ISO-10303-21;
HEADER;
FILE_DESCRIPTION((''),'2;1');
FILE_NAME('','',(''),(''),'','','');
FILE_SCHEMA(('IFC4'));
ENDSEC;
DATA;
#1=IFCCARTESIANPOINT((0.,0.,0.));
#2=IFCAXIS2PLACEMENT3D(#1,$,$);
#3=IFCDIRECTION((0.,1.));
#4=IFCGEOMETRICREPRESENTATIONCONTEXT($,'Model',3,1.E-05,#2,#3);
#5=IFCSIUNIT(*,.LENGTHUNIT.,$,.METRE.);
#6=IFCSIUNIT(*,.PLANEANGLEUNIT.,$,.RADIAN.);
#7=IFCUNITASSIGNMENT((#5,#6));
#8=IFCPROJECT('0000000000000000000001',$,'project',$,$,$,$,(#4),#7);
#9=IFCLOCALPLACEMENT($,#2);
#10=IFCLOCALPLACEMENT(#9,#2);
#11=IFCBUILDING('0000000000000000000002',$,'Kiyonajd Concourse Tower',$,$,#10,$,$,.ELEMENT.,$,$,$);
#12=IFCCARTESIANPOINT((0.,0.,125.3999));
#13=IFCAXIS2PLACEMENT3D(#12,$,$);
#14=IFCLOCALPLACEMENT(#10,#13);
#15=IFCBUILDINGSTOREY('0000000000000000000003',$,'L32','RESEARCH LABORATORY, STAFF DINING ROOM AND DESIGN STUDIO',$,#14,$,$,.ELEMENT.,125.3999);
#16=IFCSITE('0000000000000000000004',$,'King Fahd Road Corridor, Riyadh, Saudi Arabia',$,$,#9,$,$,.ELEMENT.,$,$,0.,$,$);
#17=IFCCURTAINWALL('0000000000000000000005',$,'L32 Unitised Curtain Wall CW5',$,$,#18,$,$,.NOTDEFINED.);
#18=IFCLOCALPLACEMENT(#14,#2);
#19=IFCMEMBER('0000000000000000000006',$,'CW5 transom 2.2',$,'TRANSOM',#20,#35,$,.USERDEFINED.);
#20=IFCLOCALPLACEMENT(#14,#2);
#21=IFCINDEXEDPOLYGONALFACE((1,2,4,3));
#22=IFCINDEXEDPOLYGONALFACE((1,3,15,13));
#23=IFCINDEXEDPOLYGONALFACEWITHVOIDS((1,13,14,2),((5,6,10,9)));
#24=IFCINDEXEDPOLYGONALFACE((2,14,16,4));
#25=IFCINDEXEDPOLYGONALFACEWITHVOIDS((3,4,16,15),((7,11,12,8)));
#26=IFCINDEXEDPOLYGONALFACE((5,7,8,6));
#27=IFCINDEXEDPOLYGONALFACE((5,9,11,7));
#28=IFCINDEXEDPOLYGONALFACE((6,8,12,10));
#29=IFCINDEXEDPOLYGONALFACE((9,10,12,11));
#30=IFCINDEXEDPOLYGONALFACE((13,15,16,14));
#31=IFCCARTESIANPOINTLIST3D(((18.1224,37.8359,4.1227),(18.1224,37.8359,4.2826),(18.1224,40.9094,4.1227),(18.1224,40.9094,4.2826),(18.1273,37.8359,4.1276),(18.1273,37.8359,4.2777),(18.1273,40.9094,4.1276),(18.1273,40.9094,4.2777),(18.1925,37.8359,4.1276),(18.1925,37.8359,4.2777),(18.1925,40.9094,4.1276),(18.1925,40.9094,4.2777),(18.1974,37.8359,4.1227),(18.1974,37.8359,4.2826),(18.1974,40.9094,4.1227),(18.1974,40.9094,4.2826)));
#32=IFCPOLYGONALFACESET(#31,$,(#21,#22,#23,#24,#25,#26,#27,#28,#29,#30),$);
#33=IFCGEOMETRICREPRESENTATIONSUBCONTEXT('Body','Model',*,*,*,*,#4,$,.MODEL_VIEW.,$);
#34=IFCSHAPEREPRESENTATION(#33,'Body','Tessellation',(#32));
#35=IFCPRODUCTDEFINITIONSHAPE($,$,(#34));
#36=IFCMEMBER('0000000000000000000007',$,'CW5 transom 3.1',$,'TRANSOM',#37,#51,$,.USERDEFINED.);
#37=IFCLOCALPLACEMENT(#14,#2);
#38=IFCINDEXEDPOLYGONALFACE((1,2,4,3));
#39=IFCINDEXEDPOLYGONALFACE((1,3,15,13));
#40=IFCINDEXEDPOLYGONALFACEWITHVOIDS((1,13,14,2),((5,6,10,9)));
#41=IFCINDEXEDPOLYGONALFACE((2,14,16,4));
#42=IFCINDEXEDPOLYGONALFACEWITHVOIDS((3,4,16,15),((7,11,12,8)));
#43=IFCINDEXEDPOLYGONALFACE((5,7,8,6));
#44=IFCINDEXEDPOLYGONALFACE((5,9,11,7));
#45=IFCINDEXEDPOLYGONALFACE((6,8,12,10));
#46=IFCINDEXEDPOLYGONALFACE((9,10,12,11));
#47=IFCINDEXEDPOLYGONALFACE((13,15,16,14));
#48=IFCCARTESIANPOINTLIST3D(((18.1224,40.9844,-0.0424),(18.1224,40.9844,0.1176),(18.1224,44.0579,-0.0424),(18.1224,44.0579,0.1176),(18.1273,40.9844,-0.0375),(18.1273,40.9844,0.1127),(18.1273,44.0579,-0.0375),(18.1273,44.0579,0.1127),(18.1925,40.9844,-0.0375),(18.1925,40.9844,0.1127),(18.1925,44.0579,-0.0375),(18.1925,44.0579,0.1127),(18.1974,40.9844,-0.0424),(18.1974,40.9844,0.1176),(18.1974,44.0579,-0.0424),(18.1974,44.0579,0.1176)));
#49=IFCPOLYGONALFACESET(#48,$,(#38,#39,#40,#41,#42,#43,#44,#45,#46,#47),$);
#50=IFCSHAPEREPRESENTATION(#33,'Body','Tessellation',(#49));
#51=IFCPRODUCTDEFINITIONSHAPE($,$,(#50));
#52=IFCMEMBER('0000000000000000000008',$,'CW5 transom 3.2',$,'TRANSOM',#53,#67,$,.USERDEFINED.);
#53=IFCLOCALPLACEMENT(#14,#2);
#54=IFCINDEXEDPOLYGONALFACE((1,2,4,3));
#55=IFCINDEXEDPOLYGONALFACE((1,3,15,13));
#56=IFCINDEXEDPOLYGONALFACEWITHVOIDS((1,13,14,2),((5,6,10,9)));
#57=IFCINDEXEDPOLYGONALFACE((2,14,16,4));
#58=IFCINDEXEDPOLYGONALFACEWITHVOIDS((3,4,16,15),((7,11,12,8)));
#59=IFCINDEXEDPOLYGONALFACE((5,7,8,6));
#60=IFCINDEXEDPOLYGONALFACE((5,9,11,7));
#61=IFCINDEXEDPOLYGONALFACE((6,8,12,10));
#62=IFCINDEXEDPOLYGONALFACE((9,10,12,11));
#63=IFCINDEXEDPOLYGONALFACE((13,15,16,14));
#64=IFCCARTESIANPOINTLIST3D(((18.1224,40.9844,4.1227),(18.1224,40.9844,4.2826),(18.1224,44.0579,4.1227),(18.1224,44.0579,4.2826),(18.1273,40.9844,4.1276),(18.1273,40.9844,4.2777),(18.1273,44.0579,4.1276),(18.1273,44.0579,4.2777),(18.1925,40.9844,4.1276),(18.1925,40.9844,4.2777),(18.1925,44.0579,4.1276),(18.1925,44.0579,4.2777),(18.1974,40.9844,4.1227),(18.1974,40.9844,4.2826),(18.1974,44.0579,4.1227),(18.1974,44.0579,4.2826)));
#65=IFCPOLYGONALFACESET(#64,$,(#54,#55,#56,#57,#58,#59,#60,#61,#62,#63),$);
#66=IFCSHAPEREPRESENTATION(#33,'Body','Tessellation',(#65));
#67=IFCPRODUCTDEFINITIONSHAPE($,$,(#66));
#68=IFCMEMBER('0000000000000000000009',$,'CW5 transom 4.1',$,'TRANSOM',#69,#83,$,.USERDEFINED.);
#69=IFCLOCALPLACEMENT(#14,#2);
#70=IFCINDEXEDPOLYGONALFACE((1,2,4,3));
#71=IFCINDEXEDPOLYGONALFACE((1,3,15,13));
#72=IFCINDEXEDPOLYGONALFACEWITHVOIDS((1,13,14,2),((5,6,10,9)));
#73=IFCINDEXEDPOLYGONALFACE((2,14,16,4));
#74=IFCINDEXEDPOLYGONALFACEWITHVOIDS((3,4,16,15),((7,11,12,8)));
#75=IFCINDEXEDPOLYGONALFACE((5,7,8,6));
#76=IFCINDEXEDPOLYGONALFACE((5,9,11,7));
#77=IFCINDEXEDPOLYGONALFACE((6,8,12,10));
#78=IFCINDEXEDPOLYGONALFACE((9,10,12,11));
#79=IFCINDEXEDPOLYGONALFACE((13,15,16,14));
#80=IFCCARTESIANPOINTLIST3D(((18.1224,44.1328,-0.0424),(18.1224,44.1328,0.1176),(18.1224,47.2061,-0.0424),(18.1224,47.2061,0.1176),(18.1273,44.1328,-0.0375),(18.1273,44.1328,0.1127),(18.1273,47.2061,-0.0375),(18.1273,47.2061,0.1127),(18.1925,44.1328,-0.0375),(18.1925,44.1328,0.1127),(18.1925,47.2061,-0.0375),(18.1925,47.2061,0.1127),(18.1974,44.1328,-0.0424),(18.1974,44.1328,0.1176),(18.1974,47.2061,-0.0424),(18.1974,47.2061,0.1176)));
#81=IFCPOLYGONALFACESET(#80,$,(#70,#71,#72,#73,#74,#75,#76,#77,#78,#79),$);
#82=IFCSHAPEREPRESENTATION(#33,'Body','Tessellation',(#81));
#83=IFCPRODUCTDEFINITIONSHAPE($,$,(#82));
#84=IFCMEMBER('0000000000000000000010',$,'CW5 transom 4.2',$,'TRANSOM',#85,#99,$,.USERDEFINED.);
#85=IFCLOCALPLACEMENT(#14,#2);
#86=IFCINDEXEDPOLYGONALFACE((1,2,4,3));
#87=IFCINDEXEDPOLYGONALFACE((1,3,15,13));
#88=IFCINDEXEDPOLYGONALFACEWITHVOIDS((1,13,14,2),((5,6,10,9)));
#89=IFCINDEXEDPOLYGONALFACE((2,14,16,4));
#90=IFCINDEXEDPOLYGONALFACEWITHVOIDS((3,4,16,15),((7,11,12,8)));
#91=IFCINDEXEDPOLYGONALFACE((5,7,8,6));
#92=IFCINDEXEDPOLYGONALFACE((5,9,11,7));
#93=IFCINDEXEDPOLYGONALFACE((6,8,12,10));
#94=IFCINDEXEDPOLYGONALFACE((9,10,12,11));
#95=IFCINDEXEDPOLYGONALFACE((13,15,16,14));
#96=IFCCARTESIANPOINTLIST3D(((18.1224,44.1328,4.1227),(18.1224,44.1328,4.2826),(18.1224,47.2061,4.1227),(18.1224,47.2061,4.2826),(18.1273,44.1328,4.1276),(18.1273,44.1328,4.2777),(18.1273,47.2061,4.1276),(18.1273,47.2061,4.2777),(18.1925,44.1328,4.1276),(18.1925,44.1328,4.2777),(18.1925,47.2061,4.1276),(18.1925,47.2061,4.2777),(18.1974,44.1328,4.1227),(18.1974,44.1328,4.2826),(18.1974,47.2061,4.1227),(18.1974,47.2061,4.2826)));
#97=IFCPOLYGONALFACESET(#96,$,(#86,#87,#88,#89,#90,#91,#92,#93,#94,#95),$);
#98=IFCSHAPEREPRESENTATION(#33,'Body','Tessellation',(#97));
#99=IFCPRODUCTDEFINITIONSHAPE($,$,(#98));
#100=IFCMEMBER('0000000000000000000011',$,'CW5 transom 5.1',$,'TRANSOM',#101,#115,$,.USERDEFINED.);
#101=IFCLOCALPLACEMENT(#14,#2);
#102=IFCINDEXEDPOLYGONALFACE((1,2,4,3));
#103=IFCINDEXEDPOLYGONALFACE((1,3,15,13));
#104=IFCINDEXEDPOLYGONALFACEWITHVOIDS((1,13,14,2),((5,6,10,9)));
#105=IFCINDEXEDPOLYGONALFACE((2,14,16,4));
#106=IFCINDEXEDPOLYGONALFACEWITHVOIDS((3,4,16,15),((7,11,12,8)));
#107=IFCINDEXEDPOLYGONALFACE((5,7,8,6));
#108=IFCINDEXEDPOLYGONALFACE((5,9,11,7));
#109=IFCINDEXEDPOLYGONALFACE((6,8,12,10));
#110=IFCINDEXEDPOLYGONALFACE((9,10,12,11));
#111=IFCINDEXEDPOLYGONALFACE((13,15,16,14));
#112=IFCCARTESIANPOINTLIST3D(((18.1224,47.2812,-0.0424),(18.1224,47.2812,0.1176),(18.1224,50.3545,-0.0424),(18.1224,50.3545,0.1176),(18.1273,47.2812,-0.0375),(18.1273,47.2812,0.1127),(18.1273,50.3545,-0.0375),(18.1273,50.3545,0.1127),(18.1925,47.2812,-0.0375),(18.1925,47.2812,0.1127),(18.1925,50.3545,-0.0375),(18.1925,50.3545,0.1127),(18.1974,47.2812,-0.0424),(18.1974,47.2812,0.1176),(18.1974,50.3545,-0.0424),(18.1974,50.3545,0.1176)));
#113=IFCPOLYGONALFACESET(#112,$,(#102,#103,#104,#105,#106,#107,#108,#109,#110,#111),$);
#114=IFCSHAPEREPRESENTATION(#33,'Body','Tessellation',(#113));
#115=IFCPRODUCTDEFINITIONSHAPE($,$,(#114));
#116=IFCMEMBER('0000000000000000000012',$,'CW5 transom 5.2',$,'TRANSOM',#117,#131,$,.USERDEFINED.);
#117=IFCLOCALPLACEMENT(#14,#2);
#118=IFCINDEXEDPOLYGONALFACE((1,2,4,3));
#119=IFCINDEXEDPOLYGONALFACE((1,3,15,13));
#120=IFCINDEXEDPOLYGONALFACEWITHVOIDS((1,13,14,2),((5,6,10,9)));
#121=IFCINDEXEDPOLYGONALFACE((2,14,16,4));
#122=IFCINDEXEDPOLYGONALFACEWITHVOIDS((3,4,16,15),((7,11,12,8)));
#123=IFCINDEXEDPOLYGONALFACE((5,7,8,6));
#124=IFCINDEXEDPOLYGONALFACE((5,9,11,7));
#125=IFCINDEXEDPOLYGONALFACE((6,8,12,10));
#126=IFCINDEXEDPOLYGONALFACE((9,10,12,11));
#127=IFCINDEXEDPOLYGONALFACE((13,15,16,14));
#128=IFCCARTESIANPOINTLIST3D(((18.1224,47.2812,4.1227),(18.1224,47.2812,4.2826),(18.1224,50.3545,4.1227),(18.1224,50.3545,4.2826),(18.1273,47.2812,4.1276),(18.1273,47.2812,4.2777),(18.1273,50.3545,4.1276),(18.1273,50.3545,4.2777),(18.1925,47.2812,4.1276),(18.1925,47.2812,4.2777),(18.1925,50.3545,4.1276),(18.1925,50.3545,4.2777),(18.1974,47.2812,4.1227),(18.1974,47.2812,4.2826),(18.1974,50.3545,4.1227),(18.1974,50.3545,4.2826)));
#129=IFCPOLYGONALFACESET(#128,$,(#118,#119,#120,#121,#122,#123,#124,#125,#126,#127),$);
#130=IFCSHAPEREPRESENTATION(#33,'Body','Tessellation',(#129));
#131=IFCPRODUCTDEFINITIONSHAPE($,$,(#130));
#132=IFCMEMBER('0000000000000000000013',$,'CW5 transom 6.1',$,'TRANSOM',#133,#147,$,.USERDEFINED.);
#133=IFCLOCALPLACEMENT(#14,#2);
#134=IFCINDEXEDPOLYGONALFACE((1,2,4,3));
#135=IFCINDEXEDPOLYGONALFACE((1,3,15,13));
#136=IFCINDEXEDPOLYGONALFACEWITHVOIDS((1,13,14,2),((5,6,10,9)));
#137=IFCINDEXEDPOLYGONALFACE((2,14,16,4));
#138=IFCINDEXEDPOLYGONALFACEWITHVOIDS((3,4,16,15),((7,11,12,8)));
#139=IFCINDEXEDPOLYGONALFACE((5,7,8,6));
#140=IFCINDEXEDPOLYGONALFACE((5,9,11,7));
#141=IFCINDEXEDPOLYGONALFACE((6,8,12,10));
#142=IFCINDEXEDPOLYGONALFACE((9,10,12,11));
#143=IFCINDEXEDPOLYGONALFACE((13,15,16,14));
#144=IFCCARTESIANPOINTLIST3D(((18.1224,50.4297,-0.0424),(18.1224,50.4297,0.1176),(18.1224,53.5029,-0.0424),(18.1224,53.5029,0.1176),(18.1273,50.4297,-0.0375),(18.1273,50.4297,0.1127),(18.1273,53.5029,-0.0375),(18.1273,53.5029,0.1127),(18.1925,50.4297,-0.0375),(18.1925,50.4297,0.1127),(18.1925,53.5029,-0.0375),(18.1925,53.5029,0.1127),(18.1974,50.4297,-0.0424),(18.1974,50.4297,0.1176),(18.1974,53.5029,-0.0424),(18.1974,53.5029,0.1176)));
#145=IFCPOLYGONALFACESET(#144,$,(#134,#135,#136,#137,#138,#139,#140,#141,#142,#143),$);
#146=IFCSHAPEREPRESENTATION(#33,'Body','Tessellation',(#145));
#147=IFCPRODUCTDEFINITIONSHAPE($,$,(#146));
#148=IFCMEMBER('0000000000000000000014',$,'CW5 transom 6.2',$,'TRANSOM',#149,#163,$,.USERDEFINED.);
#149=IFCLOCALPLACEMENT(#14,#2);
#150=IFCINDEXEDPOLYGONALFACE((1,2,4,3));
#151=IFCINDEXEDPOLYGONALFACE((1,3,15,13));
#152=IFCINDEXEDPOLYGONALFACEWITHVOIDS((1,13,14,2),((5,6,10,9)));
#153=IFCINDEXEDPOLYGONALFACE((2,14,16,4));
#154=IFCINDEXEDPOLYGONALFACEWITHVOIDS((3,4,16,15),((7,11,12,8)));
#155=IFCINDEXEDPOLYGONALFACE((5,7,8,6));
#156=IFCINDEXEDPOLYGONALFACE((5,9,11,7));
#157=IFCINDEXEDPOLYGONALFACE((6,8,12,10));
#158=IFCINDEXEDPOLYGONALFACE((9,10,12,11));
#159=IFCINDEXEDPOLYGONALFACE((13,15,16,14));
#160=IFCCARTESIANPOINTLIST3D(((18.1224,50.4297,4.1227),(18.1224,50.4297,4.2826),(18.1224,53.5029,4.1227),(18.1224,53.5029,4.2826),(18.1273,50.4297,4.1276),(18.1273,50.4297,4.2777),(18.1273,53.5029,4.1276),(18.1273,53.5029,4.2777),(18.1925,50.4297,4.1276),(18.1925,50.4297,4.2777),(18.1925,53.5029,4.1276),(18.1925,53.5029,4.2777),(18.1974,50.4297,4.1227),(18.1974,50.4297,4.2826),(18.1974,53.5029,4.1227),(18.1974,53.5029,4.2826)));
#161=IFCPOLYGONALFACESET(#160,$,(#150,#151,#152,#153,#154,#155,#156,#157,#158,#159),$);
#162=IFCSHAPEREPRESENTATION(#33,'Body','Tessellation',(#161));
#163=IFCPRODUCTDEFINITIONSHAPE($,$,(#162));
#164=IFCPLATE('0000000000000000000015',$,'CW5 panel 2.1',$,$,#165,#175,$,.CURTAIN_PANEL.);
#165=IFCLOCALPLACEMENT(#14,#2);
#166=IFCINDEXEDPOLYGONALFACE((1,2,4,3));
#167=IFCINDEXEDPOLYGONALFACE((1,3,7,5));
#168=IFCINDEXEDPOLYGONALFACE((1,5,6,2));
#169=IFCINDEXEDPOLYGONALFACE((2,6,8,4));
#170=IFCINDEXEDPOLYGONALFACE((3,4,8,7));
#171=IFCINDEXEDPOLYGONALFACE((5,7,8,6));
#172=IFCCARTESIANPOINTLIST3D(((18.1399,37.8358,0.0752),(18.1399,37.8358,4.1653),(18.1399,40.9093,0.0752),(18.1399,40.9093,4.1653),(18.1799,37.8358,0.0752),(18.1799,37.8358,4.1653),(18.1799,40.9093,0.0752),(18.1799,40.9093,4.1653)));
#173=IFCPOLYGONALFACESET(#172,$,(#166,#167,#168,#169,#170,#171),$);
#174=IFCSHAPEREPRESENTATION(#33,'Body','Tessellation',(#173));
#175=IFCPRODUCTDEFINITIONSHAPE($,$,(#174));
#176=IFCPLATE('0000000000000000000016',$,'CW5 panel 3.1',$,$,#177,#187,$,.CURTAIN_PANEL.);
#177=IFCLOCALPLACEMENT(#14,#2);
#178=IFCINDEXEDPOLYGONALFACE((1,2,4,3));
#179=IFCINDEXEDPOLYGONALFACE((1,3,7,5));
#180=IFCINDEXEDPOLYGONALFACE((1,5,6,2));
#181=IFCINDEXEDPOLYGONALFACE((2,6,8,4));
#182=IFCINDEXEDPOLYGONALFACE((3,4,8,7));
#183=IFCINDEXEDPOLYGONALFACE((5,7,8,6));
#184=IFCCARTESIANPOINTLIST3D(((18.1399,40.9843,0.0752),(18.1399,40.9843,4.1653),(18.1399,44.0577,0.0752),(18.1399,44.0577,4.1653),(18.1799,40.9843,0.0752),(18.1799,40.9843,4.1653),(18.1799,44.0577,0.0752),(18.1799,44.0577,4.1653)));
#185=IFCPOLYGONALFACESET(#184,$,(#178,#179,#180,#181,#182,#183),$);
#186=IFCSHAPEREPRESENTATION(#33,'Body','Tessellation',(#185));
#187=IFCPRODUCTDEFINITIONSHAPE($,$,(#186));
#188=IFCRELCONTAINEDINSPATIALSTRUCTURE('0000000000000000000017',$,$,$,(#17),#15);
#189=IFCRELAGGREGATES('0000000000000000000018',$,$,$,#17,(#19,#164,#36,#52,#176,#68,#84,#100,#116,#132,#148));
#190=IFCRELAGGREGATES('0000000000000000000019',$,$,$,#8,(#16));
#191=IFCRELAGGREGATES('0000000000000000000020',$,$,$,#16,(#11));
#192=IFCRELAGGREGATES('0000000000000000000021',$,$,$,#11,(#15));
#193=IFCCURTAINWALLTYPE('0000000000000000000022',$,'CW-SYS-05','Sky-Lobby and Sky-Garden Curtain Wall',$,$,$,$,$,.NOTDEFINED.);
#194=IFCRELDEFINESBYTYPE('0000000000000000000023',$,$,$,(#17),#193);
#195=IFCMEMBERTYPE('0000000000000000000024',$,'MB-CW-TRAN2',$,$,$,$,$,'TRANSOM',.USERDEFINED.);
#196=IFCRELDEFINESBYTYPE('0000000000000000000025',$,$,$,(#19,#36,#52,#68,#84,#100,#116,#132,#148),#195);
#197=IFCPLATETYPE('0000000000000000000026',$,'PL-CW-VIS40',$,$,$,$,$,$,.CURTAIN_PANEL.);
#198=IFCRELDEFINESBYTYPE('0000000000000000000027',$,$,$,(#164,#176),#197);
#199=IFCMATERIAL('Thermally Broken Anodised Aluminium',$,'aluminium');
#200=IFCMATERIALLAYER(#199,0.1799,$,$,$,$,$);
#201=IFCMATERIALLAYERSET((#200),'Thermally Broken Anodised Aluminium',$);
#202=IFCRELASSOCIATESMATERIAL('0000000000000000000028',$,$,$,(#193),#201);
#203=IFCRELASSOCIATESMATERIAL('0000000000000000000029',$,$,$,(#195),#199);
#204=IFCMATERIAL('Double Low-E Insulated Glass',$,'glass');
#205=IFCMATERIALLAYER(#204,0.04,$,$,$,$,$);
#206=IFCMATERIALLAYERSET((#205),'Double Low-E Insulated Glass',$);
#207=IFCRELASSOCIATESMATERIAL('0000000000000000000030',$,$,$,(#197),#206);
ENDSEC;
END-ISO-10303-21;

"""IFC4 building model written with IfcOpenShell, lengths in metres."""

from ifc_helpers import new_model, si_unit, direction, frame, origin, origin_2d, place, context, subcontext, project, spatial, rectangle, hollow_rectangle, extrude, material, layer, layer_set, material_profile, profile_set, type_object, element, aggregate, save


model = new_model("IFC4")

# Units and contexts
model_context = context("Model", 3, precision=1e-05, world=origin(), true_north=direction((0.0, 1.0)))
body_context = subcontext(model_context, "Body", "Model", "MODEL_VIEW")
ifc_project = project(units=[si_unit("LENGTHUNIT", "METRE"), si_unit("PLANEANGLEUNIT", "RADIAN")], contexts=[model_context])

# Site, building, storey
site_placement = place(None, origin())
site = spatial("IfcSite", under=ifc_project, at=site_placement, Name="King Fahd Road Corridor, Riyadh, Saudi Arabia", CompositionType="ELEMENT", RefElevation=0.0)
building_placement = place(site_placement, origin())
building = spatial("IfcBuilding", under=site, at=building_placement, Name="Kiyonajd Concourse Tower", CompositionType="ELEMENT")
storey_placement = place(building_placement, frame((0.0, 0.0, 125.3999)))
storey = spatial("IfcBuildingStorey", under=building, at=storey_placement, Name="L32", Description="RESEARCH LABORATORY, STAFF DINING ROOM AND DESIGN STUDIO", CompositionType="ELEMENT", Elevation=125.3999)

# Curtain wall, members, plates
ifc_material_1 = material(Name="Thermally Broken Anodised Aluminium", Category="aluminium")
ifc_layer_1 = layer(ifc_material_1, 0.1799)
ifc_layer_set_1 = layer_set([ifc_layer_1], Name="Thermally Broken Anodised Aluminium")
curtain_wall_type = type_object("IfcCurtainWallType", Name="CW-SYS-05", Description="Sky-Lobby and Sky-Garden Curtain Wall", PredefinedType="NOTDEFINED", material=ifc_layer_set_1)
curtain_wall_placement = place(storey_placement, origin())
curtain_wall = element("IfcCurtainWall", 1, at=curtain_wall_placement, inside=storey, type_object=curtain_wall_type, Name="L32 Unitised Curtain Wall CW5", PredefinedType="NOTDEFINED")
ifc_material_profile_1 = material_profile(ifc_material_1, hollow_rectangle(XDim=0.075, YDim=0.1599, WallThickness=0.0049, at=origin_2d()), Name="TRAN-75x160")
ifc_profile_set_1 = profile_set([ifc_material_profile_1], Name="Thermally Broken Anodised Aluminium")
member_type_1 = type_object("IfcMemberType", Name="MB-CW-TRAN2", ElementType="TRANSOM", PredefinedType="USERDEFINED", material=ifc_profile_set_1)
member_1_placement = place(storey_placement, frame((18.1599, 37.8359, 4.2026), z_axis=(0.0, 1.0, 0.0), x_axis=(-1.0, 0.0, 0.0)))
member_1 = element("IfcMember", 2, at=member_1_placement, type_object=member_type_1, Name="CW5 transom 2.2", ObjectType="TRANSOM", PredefinedType="USERDEFINED", context=body_context, shape_type="SweptSolid", body=[
    extrude(hollow_rectangle(XDim=0.075, YDim=0.1599, WallThickness=0.0049, at=origin_2d()), origin(), (0.0, 0.0, 1.0), 3.0735),
])
member_2_placement = place(storey_placement, frame((18.1599, 40.9844, 0.0376), z_axis=(0.0, 1.0, 0.0), x_axis=(-1.0, 0.0, 0.0)))
member_2 = element("IfcMember", 3, at=member_2_placement, type_object=member_type_1, Name="CW5 transom 3.1", ObjectType="TRANSOM", PredefinedType="USERDEFINED", context=body_context, shape_type="SweptSolid", body=[
    extrude(hollow_rectangle(XDim=0.075, YDim=0.1599, WallThickness=0.0049, at=origin_2d()), origin(), (0.0, 0.0, 1.0), 3.0735),
])
member_3_placement = place(storey_placement, frame((18.1599, 40.9844, 4.2026), z_axis=(0.0, 1.0, 0.0), x_axis=(-1.0, 0.0, 0.0)))
member_3 = element("IfcMember", 4, at=member_3_placement, type_object=member_type_1, Name="CW5 transom 3.2", ObjectType="TRANSOM", PredefinedType="USERDEFINED", context=body_context, shape_type="SweptSolid", body=[
    extrude(hollow_rectangle(XDim=0.075, YDim=0.1599, WallThickness=0.0049, at=origin_2d()), origin(), (0.0, 0.0, 1.0), 3.0735),
])
member_4_placement = place(storey_placement, frame((18.1599, 44.1328, 0.0376), z_axis=(0.0, 1.0, 0.0), x_axis=(-1.0, 0.0, 0.0)))
member_4 = element("IfcMember", 5, at=member_4_placement, type_object=member_type_1, Name="CW5 transom 4.1", ObjectType="TRANSOM", PredefinedType="USERDEFINED", context=body_context, shape_type="SweptSolid", body=[
    extrude(hollow_rectangle(XDim=0.075, YDim=0.1599, WallThickness=0.0049, at=origin_2d()), origin(), (0.0, 0.0, 1.0), 3.0732),
])
member_5_placement = place(storey_placement, frame((18.1599, 44.1328, 4.2026), z_axis=(0.0, 1.0, 0.0), x_axis=(-1.0, 0.0, 0.0)))
member_5 = element("IfcMember", 6, at=member_5_placement, type_object=member_type_1, Name="CW5 transom 4.2", ObjectType="TRANSOM", PredefinedType="USERDEFINED", context=body_context, shape_type="SweptSolid", body=[
    extrude(hollow_rectangle(XDim=0.075, YDim=0.1599, WallThickness=0.0049, at=origin_2d()), origin(), (0.0, 0.0, 1.0), 3.0732),
])
member_6_placement = place(storey_placement, frame((18.1599, 47.2812, 0.0376), z_axis=(0.0, 1.0, 0.0), x_axis=(-1.0, 0.0, 0.0)))
member_6 = element("IfcMember", 7, at=member_6_placement, type_object=member_type_1, Name="CW5 transom 5.1", ObjectType="TRANSOM", PredefinedType="USERDEFINED", context=body_context, shape_type="SweptSolid", body=[
    extrude(hollow_rectangle(XDim=0.075, YDim=0.1599, WallThickness=0.0049, at=origin_2d()), origin(), (0.0, 0.0, 1.0), 3.0732),
])
member_7_placement = place(storey_placement, frame((18.1599, 47.2812, 4.2026), z_axis=(0.0, 1.0, 0.0), x_axis=(-1.0, 0.0, 0.0)))
member_7 = element("IfcMember", 8, at=member_7_placement, type_object=member_type_1, Name="CW5 transom 5.2", ObjectType="TRANSOM", PredefinedType="USERDEFINED", context=body_context, shape_type="SweptSolid", body=[
    extrude(hollow_rectangle(XDim=0.075, YDim=0.1599, WallThickness=0.0049, at=origin_2d()), origin(), (0.0, 0.0, 1.0), 3.0732),
])
member_8_placement = place(storey_placement, frame((18.1599, 50.4297, 0.0376), z_axis=(0.0, 1.0, 0.0), x_axis=(-1.0, 0.0, 0.0)))
member_8 = element("IfcMember", 9, at=member_8_placement, type_object=member_type_1, Name="CW5 transom 6.1", ObjectType="TRANSOM", PredefinedType="USERDEFINED", context=body_context, shape_type="SweptSolid", body=[
    extrude(hollow_rectangle(XDim=0.075, YDim=0.1599, WallThickness=0.0049, at=origin_2d()), origin(), (0.0, 0.0, 1.0), 3.0732),
])
member_9_placement = place(storey_placement, frame((18.1599, 50.4297, 4.2026), z_axis=(0.0, 1.0, 0.0), x_axis=(-1.0, 0.0, 0.0)))
member_9 = element("IfcMember", 10, at=member_9_placement, type_object=member_type_1, Name="CW5 transom 6.2", ObjectType="TRANSOM", PredefinedType="USERDEFINED", context=body_context, shape_type="SweptSolid", body=[
    extrude(hollow_rectangle(XDim=0.075, YDim=0.1599, WallThickness=0.0049, at=origin_2d()), origin(), (0.0, 0.0, 1.0), 3.0732),
])
ifc_material_2 = material(Name="Double Low-E Insulated Glass", Category="glass")
ifc_layer_2 = layer(ifc_material_2, 0.04)
ifc_layer_set_2 = layer_set([ifc_layer_2], Name="Double Low-E Insulated Glass")
plate_type = type_object("IfcPlateType", Name="PL-CW-VIS40", PredefinedType="CURTAIN_PANEL", material=ifc_layer_set_2)
plate_1_placement = place(storey_placement, frame((18.1599, 39.3726, 0.0752), z_axis=(0.0, 0.0, 1.0), x_axis=(0.0, 1.0, 0.0)))
plate_1 = element("IfcPlate", 11, at=plate_1_placement, type_object=plate_type, Name="CW5 panel 2.1", PredefinedType="CURTAIN_PANEL", context=body_context, shape_type="SweptSolid", body=[
    extrude(rectangle(XDim=3.0735, YDim=0.04, at=origin_2d()), origin(), (0.0, 0.0, 1.0), 4.0901),
])
plate_2_placement = place(storey_placement, frame((18.1599, 42.521, 0.0752), z_axis=(0.0, 0.0, 1.0), x_axis=(0.0, 1.0, 0.0)))
plate_2 = element("IfcPlate", 12, at=plate_2_placement, type_object=plate_type, Name="CW5 panel 3.1", PredefinedType="CURTAIN_PANEL", context=body_context, shape_type="SweptSolid", body=[
    extrude(rectangle(XDim=3.0735, YDim=0.04, at=origin_2d()), origin(), (0.0, 0.0, 1.0), 4.0901),
])
aggregate(curtain_wall, [member_1, plate_1, member_2, member_3, plate_2, member_4, member_5, member_6, member_7, member_8, member_9])

save(model, "model.ifc")
